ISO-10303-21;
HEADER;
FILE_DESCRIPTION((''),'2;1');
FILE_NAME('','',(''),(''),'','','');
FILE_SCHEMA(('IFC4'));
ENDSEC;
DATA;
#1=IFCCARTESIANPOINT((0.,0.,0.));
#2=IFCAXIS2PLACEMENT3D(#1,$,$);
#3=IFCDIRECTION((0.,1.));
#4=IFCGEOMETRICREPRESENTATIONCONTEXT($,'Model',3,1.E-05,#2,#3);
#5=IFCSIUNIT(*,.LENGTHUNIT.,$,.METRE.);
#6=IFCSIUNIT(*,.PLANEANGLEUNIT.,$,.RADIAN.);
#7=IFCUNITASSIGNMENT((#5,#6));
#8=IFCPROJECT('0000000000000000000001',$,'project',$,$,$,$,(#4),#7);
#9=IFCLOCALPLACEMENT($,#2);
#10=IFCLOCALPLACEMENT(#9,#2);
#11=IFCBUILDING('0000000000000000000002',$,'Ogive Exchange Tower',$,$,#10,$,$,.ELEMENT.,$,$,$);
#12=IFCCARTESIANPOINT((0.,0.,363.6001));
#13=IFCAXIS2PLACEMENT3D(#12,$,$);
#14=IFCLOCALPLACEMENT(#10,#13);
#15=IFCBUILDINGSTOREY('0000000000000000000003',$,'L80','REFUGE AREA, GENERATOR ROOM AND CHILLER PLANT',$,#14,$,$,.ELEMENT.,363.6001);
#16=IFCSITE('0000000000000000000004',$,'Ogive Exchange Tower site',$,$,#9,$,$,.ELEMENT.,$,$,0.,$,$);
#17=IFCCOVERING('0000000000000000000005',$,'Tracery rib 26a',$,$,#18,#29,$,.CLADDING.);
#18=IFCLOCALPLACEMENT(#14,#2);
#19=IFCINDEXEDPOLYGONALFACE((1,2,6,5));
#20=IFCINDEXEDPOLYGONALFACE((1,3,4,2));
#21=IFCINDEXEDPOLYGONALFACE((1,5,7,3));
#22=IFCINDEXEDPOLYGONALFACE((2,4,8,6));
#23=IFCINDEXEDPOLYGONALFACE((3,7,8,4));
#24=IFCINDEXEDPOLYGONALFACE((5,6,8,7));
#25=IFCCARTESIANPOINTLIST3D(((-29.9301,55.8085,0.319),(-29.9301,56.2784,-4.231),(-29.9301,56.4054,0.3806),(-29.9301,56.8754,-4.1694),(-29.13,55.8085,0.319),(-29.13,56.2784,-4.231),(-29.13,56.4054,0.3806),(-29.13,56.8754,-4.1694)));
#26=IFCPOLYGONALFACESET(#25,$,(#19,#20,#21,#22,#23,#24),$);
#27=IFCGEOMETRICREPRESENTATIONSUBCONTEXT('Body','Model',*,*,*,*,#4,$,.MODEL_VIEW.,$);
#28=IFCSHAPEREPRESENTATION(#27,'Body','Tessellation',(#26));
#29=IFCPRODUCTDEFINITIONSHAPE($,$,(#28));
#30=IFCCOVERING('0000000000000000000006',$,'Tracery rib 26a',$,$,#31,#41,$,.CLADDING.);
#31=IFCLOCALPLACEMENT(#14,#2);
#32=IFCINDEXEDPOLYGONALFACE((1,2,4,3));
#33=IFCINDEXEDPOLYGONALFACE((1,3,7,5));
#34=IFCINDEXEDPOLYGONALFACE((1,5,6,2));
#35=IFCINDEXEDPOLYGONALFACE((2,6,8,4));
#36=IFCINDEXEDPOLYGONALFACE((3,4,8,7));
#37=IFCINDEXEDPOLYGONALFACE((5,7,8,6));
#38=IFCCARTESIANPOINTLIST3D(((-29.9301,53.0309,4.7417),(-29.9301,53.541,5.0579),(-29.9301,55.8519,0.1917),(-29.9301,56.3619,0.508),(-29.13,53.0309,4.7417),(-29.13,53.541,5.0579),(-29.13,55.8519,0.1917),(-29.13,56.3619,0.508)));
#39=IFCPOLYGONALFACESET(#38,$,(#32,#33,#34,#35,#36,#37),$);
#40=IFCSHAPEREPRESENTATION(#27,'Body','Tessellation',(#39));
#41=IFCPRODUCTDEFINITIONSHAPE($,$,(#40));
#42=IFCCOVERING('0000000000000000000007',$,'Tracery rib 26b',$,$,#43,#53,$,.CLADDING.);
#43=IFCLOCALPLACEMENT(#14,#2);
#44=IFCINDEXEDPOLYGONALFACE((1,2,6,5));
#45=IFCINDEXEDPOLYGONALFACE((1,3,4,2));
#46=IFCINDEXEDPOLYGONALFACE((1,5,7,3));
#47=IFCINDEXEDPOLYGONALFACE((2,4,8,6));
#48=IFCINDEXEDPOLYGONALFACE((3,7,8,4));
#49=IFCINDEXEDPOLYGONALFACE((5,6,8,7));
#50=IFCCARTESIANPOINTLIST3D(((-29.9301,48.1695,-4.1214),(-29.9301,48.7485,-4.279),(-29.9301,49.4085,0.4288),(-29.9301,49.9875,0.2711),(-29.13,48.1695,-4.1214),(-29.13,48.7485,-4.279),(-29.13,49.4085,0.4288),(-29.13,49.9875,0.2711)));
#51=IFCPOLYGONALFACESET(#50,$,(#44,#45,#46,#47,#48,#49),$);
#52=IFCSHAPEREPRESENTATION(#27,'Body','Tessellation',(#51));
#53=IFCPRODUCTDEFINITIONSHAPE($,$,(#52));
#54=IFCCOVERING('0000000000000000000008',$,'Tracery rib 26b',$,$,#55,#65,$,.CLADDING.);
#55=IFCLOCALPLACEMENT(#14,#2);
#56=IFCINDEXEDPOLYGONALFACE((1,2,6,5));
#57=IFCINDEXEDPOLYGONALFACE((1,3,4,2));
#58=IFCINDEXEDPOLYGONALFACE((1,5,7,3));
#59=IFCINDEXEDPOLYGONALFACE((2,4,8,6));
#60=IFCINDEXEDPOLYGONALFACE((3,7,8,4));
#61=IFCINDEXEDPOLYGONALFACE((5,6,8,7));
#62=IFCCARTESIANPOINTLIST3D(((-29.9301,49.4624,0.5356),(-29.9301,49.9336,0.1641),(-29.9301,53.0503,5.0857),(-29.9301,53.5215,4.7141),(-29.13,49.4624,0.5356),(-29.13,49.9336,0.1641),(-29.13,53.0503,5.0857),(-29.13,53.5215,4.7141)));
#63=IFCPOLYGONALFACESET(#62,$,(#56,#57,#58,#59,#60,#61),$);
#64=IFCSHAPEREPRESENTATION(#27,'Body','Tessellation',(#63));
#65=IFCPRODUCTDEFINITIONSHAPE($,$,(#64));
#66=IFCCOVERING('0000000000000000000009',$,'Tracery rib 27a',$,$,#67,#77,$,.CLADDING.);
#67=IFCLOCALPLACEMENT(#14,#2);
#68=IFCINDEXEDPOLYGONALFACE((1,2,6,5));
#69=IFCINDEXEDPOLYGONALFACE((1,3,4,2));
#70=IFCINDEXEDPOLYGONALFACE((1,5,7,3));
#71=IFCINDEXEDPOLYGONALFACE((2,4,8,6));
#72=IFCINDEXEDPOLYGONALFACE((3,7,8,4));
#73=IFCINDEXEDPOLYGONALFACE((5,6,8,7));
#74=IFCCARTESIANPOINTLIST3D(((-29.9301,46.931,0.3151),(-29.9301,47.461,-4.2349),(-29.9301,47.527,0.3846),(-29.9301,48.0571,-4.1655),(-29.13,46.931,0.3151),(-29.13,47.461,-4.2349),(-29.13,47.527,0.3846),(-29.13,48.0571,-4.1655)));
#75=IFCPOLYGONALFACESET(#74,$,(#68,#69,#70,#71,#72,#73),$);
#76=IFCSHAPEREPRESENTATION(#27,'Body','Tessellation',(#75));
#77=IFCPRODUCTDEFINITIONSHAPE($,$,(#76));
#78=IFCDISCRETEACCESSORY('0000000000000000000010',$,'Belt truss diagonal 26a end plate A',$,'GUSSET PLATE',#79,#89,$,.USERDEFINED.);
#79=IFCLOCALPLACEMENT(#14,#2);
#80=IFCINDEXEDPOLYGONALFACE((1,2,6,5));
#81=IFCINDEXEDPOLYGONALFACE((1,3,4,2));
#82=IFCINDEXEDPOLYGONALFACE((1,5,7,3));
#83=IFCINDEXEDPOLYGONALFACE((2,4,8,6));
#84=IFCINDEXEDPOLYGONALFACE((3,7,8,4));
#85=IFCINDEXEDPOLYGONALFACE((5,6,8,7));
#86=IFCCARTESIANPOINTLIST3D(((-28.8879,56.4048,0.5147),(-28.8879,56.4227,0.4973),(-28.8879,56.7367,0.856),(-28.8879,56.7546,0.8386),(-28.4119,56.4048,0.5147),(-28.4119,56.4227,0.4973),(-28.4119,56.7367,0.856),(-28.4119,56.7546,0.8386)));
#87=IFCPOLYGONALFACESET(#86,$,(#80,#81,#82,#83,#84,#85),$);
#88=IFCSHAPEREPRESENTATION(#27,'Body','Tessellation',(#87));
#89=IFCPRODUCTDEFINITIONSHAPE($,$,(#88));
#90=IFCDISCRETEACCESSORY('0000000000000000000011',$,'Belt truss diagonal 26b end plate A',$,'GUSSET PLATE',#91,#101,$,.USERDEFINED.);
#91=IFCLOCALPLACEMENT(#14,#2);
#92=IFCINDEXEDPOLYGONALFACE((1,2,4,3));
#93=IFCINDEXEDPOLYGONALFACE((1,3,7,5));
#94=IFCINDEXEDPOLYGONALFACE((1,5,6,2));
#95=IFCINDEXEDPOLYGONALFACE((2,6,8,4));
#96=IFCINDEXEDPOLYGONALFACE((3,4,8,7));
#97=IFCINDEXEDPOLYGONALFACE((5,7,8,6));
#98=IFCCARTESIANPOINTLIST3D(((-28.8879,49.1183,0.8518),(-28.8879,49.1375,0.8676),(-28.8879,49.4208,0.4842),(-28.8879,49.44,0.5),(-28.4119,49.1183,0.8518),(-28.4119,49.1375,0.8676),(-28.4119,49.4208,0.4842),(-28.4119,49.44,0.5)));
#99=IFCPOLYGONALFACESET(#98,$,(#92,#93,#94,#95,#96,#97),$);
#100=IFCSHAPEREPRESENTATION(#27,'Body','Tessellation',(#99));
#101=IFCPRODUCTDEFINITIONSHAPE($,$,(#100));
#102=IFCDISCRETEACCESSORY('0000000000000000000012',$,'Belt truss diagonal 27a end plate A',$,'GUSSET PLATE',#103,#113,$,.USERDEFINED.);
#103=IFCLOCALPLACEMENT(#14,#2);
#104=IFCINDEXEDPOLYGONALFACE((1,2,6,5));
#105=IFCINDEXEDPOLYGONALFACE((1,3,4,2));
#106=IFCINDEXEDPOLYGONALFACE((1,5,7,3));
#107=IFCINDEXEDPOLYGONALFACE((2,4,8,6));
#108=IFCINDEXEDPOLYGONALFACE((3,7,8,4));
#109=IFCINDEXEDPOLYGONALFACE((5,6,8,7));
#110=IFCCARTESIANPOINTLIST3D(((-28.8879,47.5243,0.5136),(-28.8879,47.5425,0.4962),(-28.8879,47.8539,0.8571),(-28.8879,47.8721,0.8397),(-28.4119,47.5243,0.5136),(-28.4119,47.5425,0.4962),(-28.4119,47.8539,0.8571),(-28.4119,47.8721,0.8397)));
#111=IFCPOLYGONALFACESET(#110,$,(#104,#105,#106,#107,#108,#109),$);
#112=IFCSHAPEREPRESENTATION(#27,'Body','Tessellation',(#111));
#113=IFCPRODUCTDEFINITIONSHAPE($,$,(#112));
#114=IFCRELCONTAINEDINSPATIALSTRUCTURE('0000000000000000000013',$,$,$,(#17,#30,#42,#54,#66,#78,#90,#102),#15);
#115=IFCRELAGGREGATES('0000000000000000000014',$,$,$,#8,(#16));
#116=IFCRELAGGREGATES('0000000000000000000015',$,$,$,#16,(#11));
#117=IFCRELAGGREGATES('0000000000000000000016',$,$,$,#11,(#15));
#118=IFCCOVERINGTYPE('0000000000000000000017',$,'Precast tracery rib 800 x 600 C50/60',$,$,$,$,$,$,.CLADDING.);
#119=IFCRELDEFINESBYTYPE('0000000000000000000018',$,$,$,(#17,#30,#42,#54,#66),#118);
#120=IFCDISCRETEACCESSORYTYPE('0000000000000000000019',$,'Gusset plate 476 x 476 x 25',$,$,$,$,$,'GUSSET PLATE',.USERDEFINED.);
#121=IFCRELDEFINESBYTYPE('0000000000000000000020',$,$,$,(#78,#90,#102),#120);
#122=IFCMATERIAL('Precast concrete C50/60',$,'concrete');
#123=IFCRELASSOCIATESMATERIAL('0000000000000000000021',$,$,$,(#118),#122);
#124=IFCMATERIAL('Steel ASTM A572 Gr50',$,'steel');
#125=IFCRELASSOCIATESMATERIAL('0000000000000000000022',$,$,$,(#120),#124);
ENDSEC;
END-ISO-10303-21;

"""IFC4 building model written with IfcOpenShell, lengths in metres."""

from ifc_helpers import new_model, si_unit, direction, frame, origin, origin_2d, place, context, subcontext, project, spatial, rectangle, extrude, material, material_profile, profile_set, type_object, element, save


model = new_model("IFC4")

# Units and contexts
model_context = context("Model", 3, precision=1e-05, world=origin(), true_north=direction((0.0, 1.0)))
body_context = subcontext(model_context, "Body", "Model", "MODEL_VIEW")
ifc_project = project(units=[si_unit("LENGTHUNIT", "METRE"), si_unit("PLANEANGLEUNIT", "RADIAN")], contexts=[model_context])

# Site, building, storey
site_placement = place(None, origin())
site = spatial("IfcSite", under=ifc_project, at=site_placement, Name="Ogive Exchange Tower site", CompositionType="ELEMENT", RefElevation=0.0)
building_placement = place(site_placement, origin())
building = spatial("IfcBuilding", under=site, at=building_placement, Name="Ogive Exchange Tower", CompositionType="ELEMENT")
storey_placement = place(building_placement, frame((0.0, 0.0, 363.6001)))
storey = spatial("IfcBuildingStorey", under=building, at=storey_placement, Name="L80", Description="REFUGE AREA, GENERATOR ROOM AND CHILLER PLANT", CompositionType="ELEMENT", Elevation=363.6001)

# Coverings
ifc_material_1 = material(Name="Precast concrete C50/60", Category="concrete")
ifc_material_profile_1 = material_profile(ifc_material_1, rectangle(XDim=0.8, YDim=0.6001, at=origin_2d()), Name="RIB 800 x 600")
ifc_profile_set_1 = profile_set([ifc_material_profile_1], Name="Precast concrete C50/60")
covering_type = type_object("IfcCoveringType", Name="Precast tracery rib 800 x 600 C50/60", PredefinedType="CLADDING", material=ifc_profile_set_1)
covering_1_placement = place(storey_placement, frame((-29.53, 56.5769, -4.2002), z_axis=(0.0, -0.102743, 0.994708), x_axis=(1.0, 0.0, 0.0)))
element("IfcCovering", 1, at=covering_1_placement, inside=storey, type_object=covering_type, Name="Tracery rib 26a", PredefinedType="CLADDING", context=body_context, shape_type="SweptSolid", body=[
    extrude(rectangle(XDim=0.8, YDim=0.6001, at=origin_2d()), origin(), (0.0, 0.0, 1.0), 4.5742),
])
covering_2_placement = place(storey_placement, frame((-29.53, 56.1069, 0.3499), z_axis=(0.0, -0.526942, 0.849901), x_axis=(1.0, 0.0, 0.0)))
element("IfcCovering", 2, at=covering_2_placement, inside=storey, type_object=covering_type, Name="Tracery rib 26a", PredefinedType="CLADDING", context=body_context, shape_type="SweptSolid", body=[
    extrude(rectangle(XDim=0.8, YDim=0.6001, at=origin_2d()), origin(), (0.0, 0.0, 1.0), 5.3535),
])
covering_3_placement = place(storey_placement, frame((-29.53, 48.459, -4.2002), z_axis=(0.0, 0.262741, 0.964866), x_axis=(-1.0, 0.0, 0.0)))
element("IfcCovering", 3, at=covering_3_placement, inside=storey, type_object=covering_type, Name="Tracery rib 26b", PredefinedType="CLADDING", context=body_context, shape_type="SweptSolid", body=[
    extrude(rectangle(XDim=0.8, YDim=0.6001, at=origin_2d()), origin(), (0.0, 0.0, 1.0), 4.7158),
])
covering_4_placement = place(storey_placement, frame((-29.53, 49.698, 0.3499), z_axis=(0.0, 0.619192, 0.78524), x_axis=(-1.0, 0.0, 0.0)))
element("IfcCovering", 4, at=covering_4_placement, inside=storey, type_object=covering_type, Name="Tracery rib 26b", PredefinedType="CLADDING", context=body_context, shape_type="SweptSolid", body=[
    extrude(rectangle(XDim=0.8, YDim=0.6001, at=origin_2d()), origin(), (0.0, 0.0, 1.0), 5.7944),
])
covering_5_placement = place(storey_placement, frame((-29.53, 47.759, -4.2002), z_axis=(0.0, -0.115706, 0.993283), x_axis=(1.0, 0.0, 0.0)))
element("IfcCovering", 5, at=covering_5_placement, inside=storey, type_object=covering_type, Name="Tracery rib 27a", PredefinedType="CLADDING", context=body_context, shape_type="SweptSolid", body=[
    extrude(rectangle(XDim=0.8, YDim=0.6001, at=origin_2d()), origin(), (0.0, 0.0, 1.0), 4.5808),
])

# Discrete accessories
ifc_material_2 = material(Name="Steel ASTM A572 Gr50", Category="steel")
ifc_material_profile_2 = material_profile(ifc_material_2, rectangle(XDim=0.4761, YDim=0.4761, at=origin_2d()), Name="PL 476 x 476 x 25")
ifc_profile_set_2 = profile_set([ifc_material_profile_2], Name="Steel ASTM A572 Gr50")
discrete_accessory_type = type_object("IfcDiscreteAccessoryType", Name="Gusset plate 476 x 476 x 25", ElementType="GUSSET PLATE", PredefinedType="USERDEFINED", material=ifc_profile_set_2)
for number, where, z_axis, x_axis, name in (
    (6, (-28.6499, 56.5886, 0.668), (0.0, -0.716859, 0.697219), (1.0, 0.0, 0.0), "Belt truss diagonal 26a end plate A"),
    (7, (-28.6499, 49.2695, 0.668), (0.0, 0.772212, 0.635365), (-1.0, 0.0, 0.0), "Belt truss diagonal 26b end plate A"),
):
    element("IfcDiscreteAccessory", number, at=place(storey_placement, frame(where, z_axis=z_axis, x_axis=x_axis)), inside=storey, type_object=discrete_accessory_type, Name=name, ObjectType="GUSSET PLATE", PredefinedType="USERDEFINED", context=body_context, shape_type="SweptSolid", body=[
        extrude(rectangle(XDim=0.4761, YDim=0.4761, at=origin_2d()), origin(), (0.0, 0.0, 1.0), 0.0249),
    ])
discrete_accessory_placement = place(storey_placement, frame((-28.6499, 47.7073, 0.668), z_axis=(0.0, -0.721582, 0.692329), x_axis=(1.0, 0.0, 0.0)))
element("IfcDiscreteAccessory", 8, at=discrete_accessory_placement, inside=storey, type_object=discrete_accessory_type, Name="Belt truss diagonal 27a end plate A", ObjectType="GUSSET PLATE", PredefinedType="USERDEFINED", context=body_context, shape_type="SweptSolid", body=[
    extrude(rectangle(XDim=0.4761, YDim=0.4761, at=origin_2d()), origin(), (0.0, 0.0, 1.0), 0.0251),
])

save(model, "model.ifc")
